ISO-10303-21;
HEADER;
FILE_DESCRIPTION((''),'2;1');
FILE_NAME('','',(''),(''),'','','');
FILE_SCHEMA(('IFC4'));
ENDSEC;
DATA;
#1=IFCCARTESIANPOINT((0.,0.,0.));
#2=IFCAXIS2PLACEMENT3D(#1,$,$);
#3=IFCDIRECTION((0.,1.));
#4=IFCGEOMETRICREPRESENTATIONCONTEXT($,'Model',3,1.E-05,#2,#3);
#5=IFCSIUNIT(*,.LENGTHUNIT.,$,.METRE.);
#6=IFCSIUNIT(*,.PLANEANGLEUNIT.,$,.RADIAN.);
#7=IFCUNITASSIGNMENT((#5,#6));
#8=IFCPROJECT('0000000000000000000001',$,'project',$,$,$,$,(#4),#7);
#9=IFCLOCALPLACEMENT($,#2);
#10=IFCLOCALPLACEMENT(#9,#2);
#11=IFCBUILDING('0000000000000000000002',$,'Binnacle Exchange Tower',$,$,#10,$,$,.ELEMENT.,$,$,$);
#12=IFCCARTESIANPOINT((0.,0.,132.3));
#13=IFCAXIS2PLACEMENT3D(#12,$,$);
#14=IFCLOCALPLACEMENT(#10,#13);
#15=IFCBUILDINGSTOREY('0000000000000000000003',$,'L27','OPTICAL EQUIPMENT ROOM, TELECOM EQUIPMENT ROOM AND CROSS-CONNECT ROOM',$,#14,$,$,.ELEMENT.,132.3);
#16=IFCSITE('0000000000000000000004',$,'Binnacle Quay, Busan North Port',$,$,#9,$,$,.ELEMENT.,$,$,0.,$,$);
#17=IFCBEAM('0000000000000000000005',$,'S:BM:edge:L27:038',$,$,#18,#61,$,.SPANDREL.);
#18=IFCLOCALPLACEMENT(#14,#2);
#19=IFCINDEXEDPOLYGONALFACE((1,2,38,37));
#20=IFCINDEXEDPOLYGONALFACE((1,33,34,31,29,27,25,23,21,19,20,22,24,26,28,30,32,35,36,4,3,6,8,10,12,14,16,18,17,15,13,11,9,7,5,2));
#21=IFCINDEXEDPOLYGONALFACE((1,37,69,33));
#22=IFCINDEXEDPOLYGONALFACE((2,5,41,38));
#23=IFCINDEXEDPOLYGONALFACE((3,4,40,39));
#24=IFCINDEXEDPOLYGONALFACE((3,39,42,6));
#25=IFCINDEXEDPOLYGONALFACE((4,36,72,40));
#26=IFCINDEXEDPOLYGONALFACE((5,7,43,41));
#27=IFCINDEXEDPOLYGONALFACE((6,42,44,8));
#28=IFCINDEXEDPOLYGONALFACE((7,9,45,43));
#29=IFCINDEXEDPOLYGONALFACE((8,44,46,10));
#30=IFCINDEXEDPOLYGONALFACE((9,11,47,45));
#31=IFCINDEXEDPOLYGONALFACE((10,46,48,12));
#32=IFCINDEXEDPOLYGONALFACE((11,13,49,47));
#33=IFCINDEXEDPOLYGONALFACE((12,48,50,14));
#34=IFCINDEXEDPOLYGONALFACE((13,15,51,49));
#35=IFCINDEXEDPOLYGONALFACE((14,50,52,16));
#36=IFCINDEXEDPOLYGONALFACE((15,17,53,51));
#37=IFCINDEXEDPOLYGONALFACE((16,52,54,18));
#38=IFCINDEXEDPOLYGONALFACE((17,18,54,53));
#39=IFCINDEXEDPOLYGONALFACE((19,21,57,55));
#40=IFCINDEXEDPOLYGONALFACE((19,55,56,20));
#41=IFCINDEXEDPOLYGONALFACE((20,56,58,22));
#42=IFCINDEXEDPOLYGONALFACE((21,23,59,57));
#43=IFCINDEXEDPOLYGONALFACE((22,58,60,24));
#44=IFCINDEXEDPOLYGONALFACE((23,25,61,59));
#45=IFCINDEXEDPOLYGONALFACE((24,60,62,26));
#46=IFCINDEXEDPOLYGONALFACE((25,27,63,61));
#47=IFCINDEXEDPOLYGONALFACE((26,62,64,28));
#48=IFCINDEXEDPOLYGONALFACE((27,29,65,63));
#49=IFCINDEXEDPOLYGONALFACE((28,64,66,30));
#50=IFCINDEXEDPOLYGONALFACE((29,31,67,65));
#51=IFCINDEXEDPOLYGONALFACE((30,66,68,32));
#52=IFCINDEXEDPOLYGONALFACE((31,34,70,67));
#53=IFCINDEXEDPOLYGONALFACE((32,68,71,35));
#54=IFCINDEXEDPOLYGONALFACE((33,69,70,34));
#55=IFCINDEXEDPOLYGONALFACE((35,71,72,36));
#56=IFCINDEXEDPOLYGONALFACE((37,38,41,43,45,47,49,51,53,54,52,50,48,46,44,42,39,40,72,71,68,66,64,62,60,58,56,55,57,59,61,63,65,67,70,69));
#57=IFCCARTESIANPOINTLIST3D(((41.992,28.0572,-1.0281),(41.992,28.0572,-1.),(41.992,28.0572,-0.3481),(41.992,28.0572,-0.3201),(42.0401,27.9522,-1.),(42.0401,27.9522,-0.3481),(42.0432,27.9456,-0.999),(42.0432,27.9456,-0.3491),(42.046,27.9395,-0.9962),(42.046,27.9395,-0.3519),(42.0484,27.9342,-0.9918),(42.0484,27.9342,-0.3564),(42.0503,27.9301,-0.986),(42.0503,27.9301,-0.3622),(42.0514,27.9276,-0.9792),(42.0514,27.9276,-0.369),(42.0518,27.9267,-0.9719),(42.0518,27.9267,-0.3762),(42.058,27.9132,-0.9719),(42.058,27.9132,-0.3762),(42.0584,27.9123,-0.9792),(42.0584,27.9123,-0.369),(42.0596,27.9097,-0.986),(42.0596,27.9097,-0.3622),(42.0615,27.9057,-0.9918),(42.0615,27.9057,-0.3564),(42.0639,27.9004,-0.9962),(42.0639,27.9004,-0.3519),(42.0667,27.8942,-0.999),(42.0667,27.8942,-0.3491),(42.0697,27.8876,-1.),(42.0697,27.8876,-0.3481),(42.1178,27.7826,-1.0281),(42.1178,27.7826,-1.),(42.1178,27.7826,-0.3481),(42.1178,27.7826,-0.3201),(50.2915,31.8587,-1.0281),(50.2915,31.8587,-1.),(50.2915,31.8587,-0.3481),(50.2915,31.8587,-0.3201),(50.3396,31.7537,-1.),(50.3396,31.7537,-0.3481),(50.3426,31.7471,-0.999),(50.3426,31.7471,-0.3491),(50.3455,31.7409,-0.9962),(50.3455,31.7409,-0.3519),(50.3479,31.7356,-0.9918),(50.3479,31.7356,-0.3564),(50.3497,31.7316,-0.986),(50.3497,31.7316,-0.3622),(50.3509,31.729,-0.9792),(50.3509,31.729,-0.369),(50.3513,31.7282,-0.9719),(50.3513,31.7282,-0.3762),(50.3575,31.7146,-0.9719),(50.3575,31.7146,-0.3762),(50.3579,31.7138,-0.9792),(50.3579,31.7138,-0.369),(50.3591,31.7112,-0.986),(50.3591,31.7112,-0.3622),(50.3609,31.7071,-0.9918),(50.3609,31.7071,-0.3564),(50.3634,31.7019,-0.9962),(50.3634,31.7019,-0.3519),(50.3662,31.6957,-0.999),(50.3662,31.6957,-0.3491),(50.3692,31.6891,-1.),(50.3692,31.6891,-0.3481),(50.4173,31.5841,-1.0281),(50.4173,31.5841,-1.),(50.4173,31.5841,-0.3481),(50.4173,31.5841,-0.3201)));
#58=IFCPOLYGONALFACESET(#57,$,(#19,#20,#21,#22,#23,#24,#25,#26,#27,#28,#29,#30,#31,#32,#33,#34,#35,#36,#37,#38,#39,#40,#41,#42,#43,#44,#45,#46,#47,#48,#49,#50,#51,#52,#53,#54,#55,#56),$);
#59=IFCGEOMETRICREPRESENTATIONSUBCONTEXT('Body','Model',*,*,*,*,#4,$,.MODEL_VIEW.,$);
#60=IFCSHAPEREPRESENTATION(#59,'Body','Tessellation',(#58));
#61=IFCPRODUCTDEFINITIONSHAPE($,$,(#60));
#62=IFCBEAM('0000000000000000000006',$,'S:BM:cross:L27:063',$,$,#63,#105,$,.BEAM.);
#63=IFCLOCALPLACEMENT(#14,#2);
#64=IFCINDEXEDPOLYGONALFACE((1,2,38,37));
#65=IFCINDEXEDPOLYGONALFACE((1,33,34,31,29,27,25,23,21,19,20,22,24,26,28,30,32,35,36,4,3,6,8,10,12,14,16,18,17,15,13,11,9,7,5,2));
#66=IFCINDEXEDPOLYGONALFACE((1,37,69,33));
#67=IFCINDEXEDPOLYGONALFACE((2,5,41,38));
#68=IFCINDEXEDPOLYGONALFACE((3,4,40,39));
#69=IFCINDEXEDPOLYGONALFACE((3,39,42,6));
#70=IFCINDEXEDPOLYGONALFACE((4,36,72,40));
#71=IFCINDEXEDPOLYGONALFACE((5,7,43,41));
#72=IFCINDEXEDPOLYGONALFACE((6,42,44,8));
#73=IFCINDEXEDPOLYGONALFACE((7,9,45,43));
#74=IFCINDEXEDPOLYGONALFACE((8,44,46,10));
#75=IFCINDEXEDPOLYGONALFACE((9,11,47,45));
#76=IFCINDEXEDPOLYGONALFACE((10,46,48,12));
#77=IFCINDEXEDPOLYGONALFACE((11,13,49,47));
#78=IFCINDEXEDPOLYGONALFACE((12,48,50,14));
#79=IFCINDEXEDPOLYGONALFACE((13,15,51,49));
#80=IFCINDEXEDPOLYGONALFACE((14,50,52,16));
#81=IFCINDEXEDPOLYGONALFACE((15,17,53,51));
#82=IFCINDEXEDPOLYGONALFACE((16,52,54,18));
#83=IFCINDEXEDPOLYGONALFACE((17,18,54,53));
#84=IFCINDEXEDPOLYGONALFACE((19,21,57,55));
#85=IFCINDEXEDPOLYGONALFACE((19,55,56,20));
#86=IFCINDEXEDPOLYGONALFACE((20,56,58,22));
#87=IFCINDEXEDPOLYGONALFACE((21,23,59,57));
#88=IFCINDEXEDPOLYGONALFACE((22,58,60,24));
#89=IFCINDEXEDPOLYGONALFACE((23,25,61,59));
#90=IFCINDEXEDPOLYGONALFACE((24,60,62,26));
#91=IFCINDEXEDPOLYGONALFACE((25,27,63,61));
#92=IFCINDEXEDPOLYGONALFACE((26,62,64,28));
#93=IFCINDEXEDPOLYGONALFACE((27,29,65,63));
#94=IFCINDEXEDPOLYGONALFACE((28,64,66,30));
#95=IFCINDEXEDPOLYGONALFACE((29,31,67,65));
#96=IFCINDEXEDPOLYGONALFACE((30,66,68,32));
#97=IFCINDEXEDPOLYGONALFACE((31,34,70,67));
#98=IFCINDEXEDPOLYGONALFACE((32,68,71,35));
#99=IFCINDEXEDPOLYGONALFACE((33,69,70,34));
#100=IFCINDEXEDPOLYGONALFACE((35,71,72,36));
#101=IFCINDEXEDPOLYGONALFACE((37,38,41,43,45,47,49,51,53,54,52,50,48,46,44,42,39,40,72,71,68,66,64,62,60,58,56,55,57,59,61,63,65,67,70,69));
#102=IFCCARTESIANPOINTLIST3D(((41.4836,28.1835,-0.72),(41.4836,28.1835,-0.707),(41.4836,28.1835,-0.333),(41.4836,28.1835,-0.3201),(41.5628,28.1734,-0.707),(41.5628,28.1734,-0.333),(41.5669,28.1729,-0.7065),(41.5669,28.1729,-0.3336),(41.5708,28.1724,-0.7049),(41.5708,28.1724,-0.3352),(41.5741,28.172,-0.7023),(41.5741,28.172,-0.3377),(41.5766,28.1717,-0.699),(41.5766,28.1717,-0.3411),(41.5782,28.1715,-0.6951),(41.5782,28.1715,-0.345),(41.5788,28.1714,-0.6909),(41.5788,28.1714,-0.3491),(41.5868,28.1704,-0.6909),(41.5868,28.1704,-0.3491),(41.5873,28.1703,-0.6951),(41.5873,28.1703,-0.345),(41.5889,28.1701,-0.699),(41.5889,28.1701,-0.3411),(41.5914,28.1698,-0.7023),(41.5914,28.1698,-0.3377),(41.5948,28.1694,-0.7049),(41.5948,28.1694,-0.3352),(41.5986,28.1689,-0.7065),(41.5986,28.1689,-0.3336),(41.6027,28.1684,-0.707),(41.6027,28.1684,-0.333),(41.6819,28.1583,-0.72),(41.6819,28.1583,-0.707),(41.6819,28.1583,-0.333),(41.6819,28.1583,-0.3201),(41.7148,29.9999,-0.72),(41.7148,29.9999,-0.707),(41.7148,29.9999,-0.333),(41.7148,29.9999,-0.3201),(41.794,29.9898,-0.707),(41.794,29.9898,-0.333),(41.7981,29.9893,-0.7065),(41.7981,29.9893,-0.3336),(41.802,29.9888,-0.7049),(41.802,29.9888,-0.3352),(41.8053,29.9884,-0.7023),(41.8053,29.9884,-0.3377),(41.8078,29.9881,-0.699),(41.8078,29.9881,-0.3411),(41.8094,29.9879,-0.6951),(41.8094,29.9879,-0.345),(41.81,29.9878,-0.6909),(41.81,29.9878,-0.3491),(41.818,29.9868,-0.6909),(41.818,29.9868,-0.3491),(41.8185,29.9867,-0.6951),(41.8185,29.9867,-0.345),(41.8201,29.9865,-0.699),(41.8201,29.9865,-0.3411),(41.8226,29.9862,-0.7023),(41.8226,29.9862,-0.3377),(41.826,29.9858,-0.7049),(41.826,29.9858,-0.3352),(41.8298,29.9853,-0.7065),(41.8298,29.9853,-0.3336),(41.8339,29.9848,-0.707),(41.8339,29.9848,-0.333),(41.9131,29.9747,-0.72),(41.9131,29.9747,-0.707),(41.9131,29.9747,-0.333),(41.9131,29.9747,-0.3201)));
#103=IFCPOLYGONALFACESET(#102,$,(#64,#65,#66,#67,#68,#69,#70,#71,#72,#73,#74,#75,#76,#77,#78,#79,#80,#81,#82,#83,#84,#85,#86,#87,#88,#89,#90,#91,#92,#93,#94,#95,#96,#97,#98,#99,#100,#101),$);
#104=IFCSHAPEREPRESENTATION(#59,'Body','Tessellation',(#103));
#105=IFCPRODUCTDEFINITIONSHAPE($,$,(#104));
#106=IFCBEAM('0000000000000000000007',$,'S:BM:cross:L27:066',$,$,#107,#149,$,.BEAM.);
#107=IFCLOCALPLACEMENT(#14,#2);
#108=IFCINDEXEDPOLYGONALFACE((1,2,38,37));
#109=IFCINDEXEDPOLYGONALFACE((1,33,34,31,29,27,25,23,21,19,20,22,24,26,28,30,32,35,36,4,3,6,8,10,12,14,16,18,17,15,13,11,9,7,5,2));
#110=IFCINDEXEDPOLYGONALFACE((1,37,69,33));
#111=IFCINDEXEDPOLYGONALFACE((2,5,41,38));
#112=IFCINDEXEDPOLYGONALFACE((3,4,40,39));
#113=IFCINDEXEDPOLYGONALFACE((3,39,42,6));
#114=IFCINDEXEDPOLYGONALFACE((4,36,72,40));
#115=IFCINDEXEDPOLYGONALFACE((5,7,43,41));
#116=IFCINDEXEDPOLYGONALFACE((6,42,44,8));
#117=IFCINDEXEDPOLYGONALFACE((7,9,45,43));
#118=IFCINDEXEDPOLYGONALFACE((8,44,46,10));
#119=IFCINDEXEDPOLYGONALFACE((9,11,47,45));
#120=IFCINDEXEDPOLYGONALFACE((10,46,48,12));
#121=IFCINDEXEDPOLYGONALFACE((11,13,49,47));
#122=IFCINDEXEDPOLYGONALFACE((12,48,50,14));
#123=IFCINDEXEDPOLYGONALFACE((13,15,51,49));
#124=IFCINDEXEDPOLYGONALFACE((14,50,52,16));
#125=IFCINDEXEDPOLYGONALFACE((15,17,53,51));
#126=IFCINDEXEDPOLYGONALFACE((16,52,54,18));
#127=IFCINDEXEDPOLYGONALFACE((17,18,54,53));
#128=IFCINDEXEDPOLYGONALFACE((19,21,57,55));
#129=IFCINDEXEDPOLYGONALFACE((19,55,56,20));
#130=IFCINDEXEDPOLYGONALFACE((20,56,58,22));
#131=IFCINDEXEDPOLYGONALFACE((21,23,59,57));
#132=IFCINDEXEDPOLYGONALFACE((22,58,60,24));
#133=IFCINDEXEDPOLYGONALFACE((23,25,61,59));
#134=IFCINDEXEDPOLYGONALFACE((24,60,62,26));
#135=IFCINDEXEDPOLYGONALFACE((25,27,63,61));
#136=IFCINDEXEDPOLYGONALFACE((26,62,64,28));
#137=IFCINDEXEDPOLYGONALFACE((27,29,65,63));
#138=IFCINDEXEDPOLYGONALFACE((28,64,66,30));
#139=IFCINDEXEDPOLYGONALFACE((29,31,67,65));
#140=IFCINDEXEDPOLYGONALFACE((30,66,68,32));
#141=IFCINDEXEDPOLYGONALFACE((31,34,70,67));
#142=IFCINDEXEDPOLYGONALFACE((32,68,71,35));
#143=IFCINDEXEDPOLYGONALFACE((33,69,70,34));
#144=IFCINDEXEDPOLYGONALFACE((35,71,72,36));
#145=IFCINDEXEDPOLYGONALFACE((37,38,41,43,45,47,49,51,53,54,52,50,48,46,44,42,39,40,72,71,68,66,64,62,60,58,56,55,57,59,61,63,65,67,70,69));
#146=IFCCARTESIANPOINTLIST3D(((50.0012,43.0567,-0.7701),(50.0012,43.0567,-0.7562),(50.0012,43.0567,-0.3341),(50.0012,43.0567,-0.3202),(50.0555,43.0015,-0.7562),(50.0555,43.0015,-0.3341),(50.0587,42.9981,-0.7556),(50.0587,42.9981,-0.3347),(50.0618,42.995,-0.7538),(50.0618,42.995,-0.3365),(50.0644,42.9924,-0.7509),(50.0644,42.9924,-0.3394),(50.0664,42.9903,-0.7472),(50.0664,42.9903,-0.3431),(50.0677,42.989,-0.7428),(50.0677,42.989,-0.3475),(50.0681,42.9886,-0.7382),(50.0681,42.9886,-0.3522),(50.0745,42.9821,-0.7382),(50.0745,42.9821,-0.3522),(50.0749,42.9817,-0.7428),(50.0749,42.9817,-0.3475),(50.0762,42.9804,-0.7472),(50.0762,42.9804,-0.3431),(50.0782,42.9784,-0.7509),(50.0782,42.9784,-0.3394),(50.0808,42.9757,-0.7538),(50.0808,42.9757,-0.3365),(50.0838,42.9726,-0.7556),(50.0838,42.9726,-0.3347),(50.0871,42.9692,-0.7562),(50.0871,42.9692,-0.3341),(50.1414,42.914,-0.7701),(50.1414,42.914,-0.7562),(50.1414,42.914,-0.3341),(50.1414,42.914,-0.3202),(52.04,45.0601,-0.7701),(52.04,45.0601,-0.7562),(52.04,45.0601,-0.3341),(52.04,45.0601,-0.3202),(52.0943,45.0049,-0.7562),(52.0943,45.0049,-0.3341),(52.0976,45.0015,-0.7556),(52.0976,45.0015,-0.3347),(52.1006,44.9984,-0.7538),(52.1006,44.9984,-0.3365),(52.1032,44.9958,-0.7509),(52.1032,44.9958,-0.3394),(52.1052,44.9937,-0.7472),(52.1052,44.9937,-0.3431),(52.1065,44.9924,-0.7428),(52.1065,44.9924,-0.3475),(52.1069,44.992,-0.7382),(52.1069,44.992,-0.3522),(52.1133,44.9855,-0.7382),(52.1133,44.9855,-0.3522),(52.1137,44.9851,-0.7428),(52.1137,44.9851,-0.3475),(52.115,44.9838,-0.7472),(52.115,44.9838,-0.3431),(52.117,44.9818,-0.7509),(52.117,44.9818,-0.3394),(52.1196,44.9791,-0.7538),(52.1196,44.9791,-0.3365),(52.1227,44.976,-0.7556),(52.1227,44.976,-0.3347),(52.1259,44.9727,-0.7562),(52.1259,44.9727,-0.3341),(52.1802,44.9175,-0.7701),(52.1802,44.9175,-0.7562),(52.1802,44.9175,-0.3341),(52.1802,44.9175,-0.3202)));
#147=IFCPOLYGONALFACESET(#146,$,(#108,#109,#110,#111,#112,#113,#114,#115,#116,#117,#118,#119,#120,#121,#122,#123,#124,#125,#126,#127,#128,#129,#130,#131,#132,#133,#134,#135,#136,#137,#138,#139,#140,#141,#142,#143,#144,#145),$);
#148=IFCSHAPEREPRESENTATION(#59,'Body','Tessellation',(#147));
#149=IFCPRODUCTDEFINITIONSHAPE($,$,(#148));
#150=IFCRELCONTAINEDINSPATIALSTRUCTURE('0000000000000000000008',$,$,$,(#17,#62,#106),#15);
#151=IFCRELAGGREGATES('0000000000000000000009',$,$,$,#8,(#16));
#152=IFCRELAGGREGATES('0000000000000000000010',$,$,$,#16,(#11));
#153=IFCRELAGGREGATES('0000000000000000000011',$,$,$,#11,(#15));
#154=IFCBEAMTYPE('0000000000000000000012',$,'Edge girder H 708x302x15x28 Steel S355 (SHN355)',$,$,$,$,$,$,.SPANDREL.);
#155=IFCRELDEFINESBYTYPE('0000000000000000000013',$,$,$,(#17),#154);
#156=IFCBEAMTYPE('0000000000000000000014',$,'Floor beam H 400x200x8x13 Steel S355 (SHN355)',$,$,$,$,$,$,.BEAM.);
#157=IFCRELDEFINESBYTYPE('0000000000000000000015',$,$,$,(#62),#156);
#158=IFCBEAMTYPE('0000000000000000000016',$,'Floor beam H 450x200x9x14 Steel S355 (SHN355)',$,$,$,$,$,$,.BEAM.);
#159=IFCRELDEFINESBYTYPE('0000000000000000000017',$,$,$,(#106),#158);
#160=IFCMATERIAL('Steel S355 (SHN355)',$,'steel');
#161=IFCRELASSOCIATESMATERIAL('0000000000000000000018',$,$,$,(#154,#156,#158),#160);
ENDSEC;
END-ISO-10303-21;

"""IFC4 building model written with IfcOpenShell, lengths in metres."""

from ifc_helpers import new_model, si_unit, direction, frame, origin, origin_2d, place, context, subcontext, project, spatial, i_section, extrude, material, material_profile, profile_set, type_object, element, save


model = new_model("IFC4")

# Units and contexts
model_context = context("Model", 3, precision=1e-05, world=origin(), true_north=direction((0.0, 1.0)))
body_context = subcontext(model_context, "Body", "Model", "MODEL_VIEW")
ifc_project = project(units=[si_unit("LENGTHUNIT", "METRE"), si_unit("PLANEANGLEUNIT", "RADIAN")], contexts=[model_context])

# Site, building, storey
site_placement = place(None, origin())
site = spatial("IfcSite", under=ifc_project, at=site_placement, Name="Binnacle Quay, Busan North Port", CompositionType="ELEMENT", RefElevation=0.0)
building_placement = place(site_placement, origin())
building = spatial("IfcBuilding", under=site, at=building_placement, Name="Binnacle Exchange Tower", CompositionType="ELEMENT")
storey_placement = place(building_placement, frame((0.0, 0.0, 132.3)))
storey = spatial("IfcBuildingStorey", under=building, at=storey_placement, Name="L27", Description="OPTICAL EQUIPMENT ROOM, TELECOM EQUIPMENT ROOM AND CROSS-CONNECT ROOM", CompositionType="ELEMENT", Elevation=132.3)

# Beams
ifc_material_1 = material(Name="Steel S355 (SHN355)", Category="steel")
ifc_material_profile_1 = material_profile(ifc_material_1, i_section(OverallWidth=0.302, OverallDepth=0.708, WebThickness=0.0149, FlangeThickness=0.0281, FilletRadius=0.0281, at=origin_2d()), Name="H 708x302x15x28")
ifc_profile_set_1 = profile_set([ifc_material_profile_1], Name="Steel S355 (SHN355)")
beam_type_1 = type_object("IfcBeamType", Name="Edge girder H 708x302x15x28 Steel S355 (SHN355)", PredefinedType="SPANDREL", material=ifc_profile_set_1)
beam_1_placement = place(storey_placement, frame((42.0549, 27.9199, -0.6741), z_axis=(0.909167, 0.416433, 0.0), x_axis=(-0.416433, 0.909167, 0.0)))
element("IfcBeam", 1, at=beam_1_placement, inside=storey, type_object=beam_type_1, Name="S:BM:edge:L27:038", PredefinedType="SPANDREL", context=body_context, shape_type="SweptSolid", body=[
    extrude(i_section(OverallWidth=0.302, OverallDepth=0.708, WebThickness=0.0149, FlangeThickness=0.0281, FilletRadius=0.0281, at=origin_2d()), origin(), (0.0, 0.0, 1.0), 9.1287),
])
ifc_material_profile_2 = material_profile(ifc_material_1, i_section(OverallWidth=0.2, OverallDepth=0.3999, WebThickness=0.0081, FlangeThickness=0.0129, FilletRadius=0.0161, at=origin_2d()), Name="H 400x200x8x13")
ifc_profile_set_2 = profile_set([ifc_material_profile_2], Name="Steel S355 (SHN355)")
beam_type_2 = type_object("IfcBeamType", Name="Floor beam H 400x200x8x13 Steel S355 (SHN355)", PredefinedType="BEAM", material=ifc_profile_set_2)
beam_2_placement = place(storey_placement, frame((41.5828, 28.1709, -0.52), z_axis=(0.126266, 0.991996, 0.0), x_axis=(-0.991996, 0.126266, 0.0)))
element("IfcBeam", 2, at=beam_2_placement, inside=storey, type_object=beam_type_2, Name="S:BM:cross:L27:063", PredefinedType="BEAM", context=body_context, shape_type="SweptSolid", body=[
    extrude(i_section(OverallWidth=0.2, OverallDepth=0.3999, WebThickness=0.0081, FlangeThickness=0.0129, FilletRadius=0.0161, at=origin_2d()), origin(), (0.0, 0.0, 1.0), 1.8311),
])
ifc_material_profile_3 = material_profile(ifc_material_1, i_section(OverallWidth=0.2, OverallDepth=0.45, WebThickness=0.009, FlangeThickness=0.0139, FilletRadius=0.0181, at=origin_2d()), Name="H 450x200x9x14")
ifc_profile_set_3 = profile_set([ifc_material_profile_3], Name="Steel S355 (SHN355)")
beam_type_3 = type_object("IfcBeamType", Name="Floor beam H 450x200x9x14 Steel S355 (SHN355)", PredefinedType="BEAM", material=ifc_profile_set_3)
beam_3_placement = place(storey_placement, frame((52.1101, 44.9888, -0.5452), z_axis=(-0.713272, -0.700887, 0.0), x_axis=(0.700887, -0.713272, 0.0)))
element("IfcBeam", 3, at=beam_3_placement, inside=storey, type_object=beam_type_3, Name="S:BM:cross:L27:066", PredefinedType="BEAM", context=body_context, shape_type="SweptSolid", body=[
    extrude(i_section(OverallWidth=0.2, OverallDepth=0.45, WebThickness=0.009, FlangeThickness=0.0139, FilletRadius=0.0181, at=origin_2d()), origin(), (0.0, 0.0, 1.0), 2.8584),
])

save(model, "model.ifc")
